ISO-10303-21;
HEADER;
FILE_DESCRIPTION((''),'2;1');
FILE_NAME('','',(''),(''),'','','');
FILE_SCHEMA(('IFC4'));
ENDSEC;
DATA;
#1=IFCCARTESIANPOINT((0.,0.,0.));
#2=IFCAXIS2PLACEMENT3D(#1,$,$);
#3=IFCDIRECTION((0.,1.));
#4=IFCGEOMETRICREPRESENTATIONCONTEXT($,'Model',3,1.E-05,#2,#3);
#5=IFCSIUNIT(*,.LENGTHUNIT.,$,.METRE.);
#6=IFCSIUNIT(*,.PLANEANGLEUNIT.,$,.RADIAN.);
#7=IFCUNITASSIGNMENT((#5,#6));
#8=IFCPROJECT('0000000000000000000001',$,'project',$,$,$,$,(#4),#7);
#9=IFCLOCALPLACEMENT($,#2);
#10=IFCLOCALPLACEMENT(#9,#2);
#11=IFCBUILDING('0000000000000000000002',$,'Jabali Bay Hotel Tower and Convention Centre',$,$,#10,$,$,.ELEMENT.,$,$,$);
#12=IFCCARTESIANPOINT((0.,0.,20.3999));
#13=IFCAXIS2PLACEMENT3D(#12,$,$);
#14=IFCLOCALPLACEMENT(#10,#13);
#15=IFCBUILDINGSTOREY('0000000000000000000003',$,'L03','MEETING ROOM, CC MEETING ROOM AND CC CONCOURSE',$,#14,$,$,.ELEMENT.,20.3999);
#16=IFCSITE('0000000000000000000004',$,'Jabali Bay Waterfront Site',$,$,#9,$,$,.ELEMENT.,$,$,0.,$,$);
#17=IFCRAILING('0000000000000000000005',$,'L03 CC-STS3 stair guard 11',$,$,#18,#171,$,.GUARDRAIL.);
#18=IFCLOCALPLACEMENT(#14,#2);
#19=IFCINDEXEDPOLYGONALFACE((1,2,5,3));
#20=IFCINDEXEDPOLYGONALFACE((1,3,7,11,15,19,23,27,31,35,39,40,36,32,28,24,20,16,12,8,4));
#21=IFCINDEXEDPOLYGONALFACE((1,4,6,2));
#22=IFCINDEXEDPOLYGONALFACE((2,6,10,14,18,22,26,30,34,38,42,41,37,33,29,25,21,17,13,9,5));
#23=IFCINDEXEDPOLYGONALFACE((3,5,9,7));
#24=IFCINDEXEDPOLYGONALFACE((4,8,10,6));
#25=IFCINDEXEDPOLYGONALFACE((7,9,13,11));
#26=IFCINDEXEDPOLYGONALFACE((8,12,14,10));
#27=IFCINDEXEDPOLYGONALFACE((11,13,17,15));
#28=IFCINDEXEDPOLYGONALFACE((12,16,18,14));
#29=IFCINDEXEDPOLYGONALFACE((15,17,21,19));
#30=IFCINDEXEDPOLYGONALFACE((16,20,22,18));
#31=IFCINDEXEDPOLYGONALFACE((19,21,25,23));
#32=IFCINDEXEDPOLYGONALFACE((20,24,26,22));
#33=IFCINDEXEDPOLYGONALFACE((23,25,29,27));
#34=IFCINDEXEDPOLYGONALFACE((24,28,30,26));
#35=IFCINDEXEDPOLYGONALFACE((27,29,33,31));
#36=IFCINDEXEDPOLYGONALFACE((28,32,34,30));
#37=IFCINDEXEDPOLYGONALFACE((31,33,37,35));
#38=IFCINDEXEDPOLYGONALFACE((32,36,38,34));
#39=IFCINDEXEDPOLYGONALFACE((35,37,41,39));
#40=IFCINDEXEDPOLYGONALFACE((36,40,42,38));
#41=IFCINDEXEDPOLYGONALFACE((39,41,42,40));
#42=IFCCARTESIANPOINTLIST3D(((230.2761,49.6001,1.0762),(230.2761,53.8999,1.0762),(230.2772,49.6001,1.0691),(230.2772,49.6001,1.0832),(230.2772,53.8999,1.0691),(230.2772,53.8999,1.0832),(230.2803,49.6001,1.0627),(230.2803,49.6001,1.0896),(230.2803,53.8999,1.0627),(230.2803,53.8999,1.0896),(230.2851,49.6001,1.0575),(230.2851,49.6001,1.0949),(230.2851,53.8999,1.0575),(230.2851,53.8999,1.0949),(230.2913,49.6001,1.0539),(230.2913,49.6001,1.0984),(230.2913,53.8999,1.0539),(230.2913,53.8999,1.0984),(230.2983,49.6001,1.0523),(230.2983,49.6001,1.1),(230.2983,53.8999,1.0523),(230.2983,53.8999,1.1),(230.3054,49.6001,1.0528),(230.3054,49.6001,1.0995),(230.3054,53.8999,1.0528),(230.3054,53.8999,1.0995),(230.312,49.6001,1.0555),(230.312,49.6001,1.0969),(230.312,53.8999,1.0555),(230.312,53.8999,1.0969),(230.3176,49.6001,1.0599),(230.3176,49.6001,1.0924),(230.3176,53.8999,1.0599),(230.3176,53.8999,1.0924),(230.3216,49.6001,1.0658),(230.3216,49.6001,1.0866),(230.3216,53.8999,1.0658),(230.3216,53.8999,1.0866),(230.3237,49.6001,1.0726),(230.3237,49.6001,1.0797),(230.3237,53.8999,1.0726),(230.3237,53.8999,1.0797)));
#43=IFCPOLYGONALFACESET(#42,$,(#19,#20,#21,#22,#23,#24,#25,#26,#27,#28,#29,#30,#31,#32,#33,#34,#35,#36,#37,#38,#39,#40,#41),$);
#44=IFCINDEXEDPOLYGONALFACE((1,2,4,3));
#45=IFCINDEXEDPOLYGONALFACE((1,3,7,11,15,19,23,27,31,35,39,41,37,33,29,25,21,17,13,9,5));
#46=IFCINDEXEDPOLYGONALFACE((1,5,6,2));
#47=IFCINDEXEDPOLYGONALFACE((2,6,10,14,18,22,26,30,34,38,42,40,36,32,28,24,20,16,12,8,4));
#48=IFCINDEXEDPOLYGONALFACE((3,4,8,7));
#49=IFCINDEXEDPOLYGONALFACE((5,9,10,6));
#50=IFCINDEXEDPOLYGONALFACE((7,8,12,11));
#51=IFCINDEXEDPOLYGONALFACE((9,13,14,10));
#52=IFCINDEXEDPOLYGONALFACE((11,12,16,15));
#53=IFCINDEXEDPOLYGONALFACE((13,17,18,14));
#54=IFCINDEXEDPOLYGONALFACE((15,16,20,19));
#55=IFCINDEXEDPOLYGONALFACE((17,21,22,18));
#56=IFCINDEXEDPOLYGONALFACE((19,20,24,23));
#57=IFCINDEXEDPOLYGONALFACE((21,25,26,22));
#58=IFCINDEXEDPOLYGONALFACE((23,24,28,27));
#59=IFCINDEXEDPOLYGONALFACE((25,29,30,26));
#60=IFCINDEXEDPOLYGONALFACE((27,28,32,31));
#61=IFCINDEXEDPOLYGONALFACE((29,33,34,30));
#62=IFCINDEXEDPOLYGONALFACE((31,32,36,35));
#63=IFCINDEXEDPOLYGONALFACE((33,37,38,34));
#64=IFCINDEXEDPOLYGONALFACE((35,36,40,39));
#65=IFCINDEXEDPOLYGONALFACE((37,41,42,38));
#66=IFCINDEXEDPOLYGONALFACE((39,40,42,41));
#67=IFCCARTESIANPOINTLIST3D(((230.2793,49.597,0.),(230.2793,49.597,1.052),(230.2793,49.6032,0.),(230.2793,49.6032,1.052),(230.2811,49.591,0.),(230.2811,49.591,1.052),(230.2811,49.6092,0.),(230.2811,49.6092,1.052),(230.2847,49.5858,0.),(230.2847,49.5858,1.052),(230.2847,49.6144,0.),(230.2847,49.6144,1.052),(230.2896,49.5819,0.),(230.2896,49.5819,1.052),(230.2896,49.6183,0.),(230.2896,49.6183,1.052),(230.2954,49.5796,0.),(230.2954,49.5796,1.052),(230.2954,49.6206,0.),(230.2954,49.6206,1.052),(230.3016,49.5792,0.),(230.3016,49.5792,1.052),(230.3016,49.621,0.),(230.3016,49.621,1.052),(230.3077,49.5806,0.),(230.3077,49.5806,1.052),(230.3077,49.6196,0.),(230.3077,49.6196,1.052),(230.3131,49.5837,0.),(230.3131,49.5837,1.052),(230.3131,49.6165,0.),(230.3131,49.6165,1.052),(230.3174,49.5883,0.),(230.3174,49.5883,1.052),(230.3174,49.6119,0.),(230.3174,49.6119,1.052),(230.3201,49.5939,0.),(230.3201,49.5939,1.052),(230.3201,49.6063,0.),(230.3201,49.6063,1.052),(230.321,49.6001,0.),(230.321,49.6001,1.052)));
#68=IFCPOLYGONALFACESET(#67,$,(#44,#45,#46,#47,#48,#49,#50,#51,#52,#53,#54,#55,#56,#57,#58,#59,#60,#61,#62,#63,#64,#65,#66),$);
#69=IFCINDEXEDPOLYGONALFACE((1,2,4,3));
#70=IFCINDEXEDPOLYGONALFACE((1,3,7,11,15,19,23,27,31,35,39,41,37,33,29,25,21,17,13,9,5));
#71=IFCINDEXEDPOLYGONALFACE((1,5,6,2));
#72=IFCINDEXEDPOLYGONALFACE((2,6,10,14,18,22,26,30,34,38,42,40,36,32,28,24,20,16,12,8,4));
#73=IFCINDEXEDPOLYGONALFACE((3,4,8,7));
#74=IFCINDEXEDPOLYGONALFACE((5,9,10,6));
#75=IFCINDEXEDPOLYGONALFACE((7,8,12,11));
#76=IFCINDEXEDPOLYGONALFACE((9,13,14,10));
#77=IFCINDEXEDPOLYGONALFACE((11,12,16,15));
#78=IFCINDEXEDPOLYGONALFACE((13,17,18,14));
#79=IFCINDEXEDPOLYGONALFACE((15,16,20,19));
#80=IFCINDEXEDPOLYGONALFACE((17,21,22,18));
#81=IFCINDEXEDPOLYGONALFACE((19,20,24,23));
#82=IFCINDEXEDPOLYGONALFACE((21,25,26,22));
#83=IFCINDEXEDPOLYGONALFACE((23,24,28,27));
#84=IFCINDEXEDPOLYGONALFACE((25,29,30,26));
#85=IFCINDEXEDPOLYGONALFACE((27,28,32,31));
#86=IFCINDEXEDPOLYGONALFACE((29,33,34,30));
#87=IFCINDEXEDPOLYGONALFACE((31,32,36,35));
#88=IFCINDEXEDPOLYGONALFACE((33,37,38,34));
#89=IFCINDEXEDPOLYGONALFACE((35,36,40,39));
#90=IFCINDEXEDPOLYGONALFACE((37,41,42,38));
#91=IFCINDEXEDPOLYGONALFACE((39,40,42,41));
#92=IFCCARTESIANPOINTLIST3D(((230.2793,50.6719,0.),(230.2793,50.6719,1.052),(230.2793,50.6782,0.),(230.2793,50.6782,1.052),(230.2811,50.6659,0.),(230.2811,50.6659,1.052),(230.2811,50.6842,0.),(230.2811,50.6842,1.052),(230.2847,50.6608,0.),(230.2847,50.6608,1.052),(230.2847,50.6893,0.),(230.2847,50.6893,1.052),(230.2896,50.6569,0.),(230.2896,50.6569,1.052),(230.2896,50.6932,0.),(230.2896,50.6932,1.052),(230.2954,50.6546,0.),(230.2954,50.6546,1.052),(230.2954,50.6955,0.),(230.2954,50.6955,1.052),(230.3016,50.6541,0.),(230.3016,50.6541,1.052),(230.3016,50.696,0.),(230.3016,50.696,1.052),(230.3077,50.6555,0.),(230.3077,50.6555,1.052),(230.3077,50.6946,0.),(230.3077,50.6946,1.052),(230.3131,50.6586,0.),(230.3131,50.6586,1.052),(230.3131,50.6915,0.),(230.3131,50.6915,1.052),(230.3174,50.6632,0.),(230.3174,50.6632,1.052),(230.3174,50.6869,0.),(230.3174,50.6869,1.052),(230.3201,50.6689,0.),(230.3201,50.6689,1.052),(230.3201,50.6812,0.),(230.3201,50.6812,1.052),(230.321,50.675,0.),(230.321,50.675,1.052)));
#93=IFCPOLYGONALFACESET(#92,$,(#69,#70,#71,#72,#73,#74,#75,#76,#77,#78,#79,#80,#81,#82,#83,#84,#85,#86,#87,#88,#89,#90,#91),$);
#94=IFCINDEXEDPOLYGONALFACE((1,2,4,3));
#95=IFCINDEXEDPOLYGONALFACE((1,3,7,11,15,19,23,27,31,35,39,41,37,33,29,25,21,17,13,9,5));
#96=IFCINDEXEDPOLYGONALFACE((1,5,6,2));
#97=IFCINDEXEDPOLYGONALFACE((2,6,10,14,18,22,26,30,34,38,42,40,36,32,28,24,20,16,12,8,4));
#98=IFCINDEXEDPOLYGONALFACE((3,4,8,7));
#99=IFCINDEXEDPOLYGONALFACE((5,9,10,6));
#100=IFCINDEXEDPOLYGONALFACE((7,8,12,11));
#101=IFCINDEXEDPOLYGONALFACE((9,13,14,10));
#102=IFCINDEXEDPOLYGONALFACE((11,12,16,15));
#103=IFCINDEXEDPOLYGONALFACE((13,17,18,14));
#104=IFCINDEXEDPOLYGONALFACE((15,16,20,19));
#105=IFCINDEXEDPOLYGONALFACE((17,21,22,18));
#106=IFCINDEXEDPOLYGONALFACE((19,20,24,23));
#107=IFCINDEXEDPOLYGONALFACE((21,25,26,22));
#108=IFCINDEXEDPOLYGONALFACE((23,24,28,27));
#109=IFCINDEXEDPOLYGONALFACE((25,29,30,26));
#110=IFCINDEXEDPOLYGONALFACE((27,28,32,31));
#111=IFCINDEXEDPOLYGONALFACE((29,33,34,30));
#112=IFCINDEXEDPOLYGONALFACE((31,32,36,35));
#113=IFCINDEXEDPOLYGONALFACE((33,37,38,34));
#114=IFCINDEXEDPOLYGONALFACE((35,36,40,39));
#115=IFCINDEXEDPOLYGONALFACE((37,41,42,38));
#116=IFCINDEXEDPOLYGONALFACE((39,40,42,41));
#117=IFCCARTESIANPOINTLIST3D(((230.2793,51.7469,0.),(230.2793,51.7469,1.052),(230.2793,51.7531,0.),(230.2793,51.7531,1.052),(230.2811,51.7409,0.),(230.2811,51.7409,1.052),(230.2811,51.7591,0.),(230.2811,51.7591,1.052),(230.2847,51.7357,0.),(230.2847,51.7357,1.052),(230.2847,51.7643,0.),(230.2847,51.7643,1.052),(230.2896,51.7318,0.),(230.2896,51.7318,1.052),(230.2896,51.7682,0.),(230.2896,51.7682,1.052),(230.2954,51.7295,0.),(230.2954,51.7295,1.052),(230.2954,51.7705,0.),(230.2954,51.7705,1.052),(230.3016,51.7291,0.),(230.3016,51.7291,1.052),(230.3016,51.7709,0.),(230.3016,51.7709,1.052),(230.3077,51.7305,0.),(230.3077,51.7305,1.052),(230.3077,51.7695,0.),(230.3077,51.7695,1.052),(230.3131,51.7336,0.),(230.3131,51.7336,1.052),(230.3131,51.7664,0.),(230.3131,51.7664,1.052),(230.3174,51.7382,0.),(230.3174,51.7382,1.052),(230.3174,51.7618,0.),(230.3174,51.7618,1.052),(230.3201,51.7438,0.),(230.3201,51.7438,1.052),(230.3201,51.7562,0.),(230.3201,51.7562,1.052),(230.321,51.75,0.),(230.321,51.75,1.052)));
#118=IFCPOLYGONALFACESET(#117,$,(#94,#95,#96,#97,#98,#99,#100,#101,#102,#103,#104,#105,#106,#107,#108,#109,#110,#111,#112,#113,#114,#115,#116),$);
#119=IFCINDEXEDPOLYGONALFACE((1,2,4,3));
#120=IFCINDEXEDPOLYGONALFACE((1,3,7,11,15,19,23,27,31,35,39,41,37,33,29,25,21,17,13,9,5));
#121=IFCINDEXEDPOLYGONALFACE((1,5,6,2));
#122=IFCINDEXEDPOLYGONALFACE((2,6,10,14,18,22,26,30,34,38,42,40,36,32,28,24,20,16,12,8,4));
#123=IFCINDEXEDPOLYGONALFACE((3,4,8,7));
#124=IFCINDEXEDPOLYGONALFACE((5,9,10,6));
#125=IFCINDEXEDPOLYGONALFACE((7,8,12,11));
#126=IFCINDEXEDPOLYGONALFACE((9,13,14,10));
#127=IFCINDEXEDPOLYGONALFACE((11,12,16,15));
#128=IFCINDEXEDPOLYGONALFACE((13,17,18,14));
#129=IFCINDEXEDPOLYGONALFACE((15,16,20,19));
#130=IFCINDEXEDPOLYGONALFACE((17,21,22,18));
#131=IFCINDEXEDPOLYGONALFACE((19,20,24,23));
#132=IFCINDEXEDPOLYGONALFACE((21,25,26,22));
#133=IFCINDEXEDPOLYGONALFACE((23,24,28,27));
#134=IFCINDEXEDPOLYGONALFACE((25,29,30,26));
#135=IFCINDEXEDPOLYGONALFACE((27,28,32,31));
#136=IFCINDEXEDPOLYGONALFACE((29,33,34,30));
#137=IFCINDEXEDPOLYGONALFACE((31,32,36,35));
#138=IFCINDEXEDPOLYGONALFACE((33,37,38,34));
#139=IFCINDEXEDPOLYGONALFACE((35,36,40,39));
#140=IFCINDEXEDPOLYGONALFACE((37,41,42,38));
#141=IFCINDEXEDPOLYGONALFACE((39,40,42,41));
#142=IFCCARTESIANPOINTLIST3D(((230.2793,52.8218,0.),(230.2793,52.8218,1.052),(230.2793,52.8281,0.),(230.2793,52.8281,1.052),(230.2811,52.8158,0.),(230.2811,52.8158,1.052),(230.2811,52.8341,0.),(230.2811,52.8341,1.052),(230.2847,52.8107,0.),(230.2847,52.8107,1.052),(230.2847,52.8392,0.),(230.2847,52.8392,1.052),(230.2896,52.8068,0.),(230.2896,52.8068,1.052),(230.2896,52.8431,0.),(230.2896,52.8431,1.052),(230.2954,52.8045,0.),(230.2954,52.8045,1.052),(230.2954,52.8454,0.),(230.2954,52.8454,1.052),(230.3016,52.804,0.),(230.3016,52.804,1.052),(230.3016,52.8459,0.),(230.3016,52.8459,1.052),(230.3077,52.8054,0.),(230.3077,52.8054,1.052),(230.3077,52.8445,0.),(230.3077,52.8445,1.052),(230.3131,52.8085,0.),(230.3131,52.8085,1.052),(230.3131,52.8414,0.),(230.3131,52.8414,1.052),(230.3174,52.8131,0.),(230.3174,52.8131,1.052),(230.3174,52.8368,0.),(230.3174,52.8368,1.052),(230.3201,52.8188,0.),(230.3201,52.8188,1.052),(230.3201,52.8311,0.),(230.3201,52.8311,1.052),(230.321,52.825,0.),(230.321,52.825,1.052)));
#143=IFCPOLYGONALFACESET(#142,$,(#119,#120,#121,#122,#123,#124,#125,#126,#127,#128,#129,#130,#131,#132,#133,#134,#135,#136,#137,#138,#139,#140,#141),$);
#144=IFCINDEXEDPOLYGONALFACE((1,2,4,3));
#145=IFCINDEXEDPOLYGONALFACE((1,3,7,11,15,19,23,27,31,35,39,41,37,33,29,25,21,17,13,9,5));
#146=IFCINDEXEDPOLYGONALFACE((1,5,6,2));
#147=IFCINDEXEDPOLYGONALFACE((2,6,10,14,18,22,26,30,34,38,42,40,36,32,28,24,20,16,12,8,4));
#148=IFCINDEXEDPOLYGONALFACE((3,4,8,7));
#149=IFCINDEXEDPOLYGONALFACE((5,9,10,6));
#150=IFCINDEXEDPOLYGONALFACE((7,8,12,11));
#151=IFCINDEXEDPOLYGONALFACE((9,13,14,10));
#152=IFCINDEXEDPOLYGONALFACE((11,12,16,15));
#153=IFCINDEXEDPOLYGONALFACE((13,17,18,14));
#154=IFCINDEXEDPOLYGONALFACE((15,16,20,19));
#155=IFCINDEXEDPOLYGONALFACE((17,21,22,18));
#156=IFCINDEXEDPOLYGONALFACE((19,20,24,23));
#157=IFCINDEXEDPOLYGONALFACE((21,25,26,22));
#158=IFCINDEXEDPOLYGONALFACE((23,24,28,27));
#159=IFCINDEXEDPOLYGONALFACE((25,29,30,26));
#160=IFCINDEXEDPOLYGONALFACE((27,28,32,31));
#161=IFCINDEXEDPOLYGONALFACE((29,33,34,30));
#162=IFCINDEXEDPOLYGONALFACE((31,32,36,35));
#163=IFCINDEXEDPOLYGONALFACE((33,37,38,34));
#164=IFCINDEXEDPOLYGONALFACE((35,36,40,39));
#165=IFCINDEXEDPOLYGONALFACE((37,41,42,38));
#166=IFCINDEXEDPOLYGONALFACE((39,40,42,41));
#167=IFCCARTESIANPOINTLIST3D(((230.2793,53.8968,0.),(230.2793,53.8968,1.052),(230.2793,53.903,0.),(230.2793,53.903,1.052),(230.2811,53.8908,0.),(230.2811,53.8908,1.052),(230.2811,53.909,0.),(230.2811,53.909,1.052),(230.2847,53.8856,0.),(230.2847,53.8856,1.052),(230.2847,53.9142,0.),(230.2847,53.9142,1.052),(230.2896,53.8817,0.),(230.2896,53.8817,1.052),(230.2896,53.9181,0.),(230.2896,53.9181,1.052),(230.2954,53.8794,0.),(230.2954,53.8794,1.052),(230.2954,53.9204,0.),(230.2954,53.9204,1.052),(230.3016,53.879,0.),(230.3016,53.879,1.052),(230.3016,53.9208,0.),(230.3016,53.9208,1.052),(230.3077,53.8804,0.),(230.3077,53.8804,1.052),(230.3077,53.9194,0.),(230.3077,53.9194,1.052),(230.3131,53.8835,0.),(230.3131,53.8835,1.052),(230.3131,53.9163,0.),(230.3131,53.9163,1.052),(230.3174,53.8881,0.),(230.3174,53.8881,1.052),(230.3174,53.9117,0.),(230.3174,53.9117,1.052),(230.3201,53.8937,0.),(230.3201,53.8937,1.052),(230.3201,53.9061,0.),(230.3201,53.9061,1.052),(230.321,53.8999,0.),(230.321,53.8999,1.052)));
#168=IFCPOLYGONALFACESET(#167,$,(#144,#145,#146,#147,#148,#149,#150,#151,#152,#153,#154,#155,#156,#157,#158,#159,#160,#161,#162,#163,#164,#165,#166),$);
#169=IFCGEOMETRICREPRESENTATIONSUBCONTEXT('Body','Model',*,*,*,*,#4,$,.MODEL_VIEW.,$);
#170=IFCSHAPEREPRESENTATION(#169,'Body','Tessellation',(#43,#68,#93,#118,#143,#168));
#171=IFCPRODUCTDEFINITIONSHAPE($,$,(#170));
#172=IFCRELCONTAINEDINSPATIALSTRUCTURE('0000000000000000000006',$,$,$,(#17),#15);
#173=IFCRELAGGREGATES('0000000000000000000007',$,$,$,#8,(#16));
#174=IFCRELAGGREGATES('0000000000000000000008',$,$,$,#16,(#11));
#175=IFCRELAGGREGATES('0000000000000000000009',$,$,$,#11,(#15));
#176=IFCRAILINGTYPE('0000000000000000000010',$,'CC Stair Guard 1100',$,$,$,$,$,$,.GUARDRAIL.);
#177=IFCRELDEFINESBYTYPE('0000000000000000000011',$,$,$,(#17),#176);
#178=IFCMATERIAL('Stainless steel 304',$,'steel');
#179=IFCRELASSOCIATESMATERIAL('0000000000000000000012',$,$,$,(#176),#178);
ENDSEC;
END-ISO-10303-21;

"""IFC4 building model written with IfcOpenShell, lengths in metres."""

from ifc_helpers import new_model, si_unit, direction, frame, origin, origin_2d, place, context, subcontext, project, spatial, circle, extrude, material, type_object, element, save


model = new_model("IFC4")

# Units and contexts
model_context = context("Model", 3, precision=1e-05, world=origin(), true_north=direction((0.0, 1.0)))
body_context = subcontext(model_context, "Body", "Model", "MODEL_VIEW")
ifc_project = project(units=[si_unit("LENGTHUNIT", "METRE"), si_unit("PLANEANGLEUNIT", "RADIAN")], contexts=[model_context])

# Site, building, storey
site_placement = place(None, origin())
site = spatial("IfcSite", under=ifc_project, at=site_placement, Name="Jabali Bay Waterfront Site", CompositionType="ELEMENT", RefElevation=0.0)
building_placement = place(site_placement, origin())
building = spatial("IfcBuilding", under=site, at=building_placement, Name="Jabali Bay Hotel Tower and Convention Centre", CompositionType="ELEMENT")
storey_placement = place(building_placement, frame((0.0, 0.0, 20.3999)))
storey = spatial("IfcBuildingStorey", under=building, at=storey_placement, Name="L03", Description="MEETING ROOM, CC MEETING ROOM AND CC CONCOURSE", CompositionType="ELEMENT", Elevation=20.3999)

# Railing
ifc_material_1 = material(Name="Stainless steel 304", Category="steel")
railing_type = type_object("IfcRailingType", Name="CC Stair Guard 1100", PredefinedType="GUARDRAIL", material=ifc_material_1)
railing_placement = place(storey_placement, frame((230.3, 49.6001, 0.0)))
element("IfcRailing", 1, at=railing_placement, inside=storey, type_object=railing_type, Name="L03 CC-STS3 stair guard 11", PredefinedType="GUARDRAIL", context=body_context, shape_type="SweptSolid", body=[
    extrude(circle(Radius=0.0239, at=origin_2d()), frame((0.0, 0.0, 1.0762), z_axis=(0.0, 1.0, 0.0), x_axis=(-1.0, 0.0, 0.0)), (0.0, 0.0, 1.0), 4.2998),
    extrude(circle(Radius=0.021, at=origin_2d()), origin(), (0.0, 0.0, 1.0), 1.052),
    extrude(circle(Radius=0.021, at=origin_2d()), frame((0.0, 1.075, 0.0)), (0.0, 0.0, 1.0), 1.052),
    extrude(circle(Radius=0.021, at=origin_2d()), frame((0.0, 2.1499, 0.0)), (0.0, 0.0, 1.0), 1.052),
    extrude(circle(Radius=0.021, at=origin_2d()), frame((0.0, 3.2249, 0.0)), (0.0, 0.0, 1.0), 1.052),
    extrude(circle(Radius=0.021, at=origin_2d()), frame((0.0, 4.2998, 0.0)), (0.0, 0.0, 1.0), 1.052),
])

save(model, "model.ifc")
